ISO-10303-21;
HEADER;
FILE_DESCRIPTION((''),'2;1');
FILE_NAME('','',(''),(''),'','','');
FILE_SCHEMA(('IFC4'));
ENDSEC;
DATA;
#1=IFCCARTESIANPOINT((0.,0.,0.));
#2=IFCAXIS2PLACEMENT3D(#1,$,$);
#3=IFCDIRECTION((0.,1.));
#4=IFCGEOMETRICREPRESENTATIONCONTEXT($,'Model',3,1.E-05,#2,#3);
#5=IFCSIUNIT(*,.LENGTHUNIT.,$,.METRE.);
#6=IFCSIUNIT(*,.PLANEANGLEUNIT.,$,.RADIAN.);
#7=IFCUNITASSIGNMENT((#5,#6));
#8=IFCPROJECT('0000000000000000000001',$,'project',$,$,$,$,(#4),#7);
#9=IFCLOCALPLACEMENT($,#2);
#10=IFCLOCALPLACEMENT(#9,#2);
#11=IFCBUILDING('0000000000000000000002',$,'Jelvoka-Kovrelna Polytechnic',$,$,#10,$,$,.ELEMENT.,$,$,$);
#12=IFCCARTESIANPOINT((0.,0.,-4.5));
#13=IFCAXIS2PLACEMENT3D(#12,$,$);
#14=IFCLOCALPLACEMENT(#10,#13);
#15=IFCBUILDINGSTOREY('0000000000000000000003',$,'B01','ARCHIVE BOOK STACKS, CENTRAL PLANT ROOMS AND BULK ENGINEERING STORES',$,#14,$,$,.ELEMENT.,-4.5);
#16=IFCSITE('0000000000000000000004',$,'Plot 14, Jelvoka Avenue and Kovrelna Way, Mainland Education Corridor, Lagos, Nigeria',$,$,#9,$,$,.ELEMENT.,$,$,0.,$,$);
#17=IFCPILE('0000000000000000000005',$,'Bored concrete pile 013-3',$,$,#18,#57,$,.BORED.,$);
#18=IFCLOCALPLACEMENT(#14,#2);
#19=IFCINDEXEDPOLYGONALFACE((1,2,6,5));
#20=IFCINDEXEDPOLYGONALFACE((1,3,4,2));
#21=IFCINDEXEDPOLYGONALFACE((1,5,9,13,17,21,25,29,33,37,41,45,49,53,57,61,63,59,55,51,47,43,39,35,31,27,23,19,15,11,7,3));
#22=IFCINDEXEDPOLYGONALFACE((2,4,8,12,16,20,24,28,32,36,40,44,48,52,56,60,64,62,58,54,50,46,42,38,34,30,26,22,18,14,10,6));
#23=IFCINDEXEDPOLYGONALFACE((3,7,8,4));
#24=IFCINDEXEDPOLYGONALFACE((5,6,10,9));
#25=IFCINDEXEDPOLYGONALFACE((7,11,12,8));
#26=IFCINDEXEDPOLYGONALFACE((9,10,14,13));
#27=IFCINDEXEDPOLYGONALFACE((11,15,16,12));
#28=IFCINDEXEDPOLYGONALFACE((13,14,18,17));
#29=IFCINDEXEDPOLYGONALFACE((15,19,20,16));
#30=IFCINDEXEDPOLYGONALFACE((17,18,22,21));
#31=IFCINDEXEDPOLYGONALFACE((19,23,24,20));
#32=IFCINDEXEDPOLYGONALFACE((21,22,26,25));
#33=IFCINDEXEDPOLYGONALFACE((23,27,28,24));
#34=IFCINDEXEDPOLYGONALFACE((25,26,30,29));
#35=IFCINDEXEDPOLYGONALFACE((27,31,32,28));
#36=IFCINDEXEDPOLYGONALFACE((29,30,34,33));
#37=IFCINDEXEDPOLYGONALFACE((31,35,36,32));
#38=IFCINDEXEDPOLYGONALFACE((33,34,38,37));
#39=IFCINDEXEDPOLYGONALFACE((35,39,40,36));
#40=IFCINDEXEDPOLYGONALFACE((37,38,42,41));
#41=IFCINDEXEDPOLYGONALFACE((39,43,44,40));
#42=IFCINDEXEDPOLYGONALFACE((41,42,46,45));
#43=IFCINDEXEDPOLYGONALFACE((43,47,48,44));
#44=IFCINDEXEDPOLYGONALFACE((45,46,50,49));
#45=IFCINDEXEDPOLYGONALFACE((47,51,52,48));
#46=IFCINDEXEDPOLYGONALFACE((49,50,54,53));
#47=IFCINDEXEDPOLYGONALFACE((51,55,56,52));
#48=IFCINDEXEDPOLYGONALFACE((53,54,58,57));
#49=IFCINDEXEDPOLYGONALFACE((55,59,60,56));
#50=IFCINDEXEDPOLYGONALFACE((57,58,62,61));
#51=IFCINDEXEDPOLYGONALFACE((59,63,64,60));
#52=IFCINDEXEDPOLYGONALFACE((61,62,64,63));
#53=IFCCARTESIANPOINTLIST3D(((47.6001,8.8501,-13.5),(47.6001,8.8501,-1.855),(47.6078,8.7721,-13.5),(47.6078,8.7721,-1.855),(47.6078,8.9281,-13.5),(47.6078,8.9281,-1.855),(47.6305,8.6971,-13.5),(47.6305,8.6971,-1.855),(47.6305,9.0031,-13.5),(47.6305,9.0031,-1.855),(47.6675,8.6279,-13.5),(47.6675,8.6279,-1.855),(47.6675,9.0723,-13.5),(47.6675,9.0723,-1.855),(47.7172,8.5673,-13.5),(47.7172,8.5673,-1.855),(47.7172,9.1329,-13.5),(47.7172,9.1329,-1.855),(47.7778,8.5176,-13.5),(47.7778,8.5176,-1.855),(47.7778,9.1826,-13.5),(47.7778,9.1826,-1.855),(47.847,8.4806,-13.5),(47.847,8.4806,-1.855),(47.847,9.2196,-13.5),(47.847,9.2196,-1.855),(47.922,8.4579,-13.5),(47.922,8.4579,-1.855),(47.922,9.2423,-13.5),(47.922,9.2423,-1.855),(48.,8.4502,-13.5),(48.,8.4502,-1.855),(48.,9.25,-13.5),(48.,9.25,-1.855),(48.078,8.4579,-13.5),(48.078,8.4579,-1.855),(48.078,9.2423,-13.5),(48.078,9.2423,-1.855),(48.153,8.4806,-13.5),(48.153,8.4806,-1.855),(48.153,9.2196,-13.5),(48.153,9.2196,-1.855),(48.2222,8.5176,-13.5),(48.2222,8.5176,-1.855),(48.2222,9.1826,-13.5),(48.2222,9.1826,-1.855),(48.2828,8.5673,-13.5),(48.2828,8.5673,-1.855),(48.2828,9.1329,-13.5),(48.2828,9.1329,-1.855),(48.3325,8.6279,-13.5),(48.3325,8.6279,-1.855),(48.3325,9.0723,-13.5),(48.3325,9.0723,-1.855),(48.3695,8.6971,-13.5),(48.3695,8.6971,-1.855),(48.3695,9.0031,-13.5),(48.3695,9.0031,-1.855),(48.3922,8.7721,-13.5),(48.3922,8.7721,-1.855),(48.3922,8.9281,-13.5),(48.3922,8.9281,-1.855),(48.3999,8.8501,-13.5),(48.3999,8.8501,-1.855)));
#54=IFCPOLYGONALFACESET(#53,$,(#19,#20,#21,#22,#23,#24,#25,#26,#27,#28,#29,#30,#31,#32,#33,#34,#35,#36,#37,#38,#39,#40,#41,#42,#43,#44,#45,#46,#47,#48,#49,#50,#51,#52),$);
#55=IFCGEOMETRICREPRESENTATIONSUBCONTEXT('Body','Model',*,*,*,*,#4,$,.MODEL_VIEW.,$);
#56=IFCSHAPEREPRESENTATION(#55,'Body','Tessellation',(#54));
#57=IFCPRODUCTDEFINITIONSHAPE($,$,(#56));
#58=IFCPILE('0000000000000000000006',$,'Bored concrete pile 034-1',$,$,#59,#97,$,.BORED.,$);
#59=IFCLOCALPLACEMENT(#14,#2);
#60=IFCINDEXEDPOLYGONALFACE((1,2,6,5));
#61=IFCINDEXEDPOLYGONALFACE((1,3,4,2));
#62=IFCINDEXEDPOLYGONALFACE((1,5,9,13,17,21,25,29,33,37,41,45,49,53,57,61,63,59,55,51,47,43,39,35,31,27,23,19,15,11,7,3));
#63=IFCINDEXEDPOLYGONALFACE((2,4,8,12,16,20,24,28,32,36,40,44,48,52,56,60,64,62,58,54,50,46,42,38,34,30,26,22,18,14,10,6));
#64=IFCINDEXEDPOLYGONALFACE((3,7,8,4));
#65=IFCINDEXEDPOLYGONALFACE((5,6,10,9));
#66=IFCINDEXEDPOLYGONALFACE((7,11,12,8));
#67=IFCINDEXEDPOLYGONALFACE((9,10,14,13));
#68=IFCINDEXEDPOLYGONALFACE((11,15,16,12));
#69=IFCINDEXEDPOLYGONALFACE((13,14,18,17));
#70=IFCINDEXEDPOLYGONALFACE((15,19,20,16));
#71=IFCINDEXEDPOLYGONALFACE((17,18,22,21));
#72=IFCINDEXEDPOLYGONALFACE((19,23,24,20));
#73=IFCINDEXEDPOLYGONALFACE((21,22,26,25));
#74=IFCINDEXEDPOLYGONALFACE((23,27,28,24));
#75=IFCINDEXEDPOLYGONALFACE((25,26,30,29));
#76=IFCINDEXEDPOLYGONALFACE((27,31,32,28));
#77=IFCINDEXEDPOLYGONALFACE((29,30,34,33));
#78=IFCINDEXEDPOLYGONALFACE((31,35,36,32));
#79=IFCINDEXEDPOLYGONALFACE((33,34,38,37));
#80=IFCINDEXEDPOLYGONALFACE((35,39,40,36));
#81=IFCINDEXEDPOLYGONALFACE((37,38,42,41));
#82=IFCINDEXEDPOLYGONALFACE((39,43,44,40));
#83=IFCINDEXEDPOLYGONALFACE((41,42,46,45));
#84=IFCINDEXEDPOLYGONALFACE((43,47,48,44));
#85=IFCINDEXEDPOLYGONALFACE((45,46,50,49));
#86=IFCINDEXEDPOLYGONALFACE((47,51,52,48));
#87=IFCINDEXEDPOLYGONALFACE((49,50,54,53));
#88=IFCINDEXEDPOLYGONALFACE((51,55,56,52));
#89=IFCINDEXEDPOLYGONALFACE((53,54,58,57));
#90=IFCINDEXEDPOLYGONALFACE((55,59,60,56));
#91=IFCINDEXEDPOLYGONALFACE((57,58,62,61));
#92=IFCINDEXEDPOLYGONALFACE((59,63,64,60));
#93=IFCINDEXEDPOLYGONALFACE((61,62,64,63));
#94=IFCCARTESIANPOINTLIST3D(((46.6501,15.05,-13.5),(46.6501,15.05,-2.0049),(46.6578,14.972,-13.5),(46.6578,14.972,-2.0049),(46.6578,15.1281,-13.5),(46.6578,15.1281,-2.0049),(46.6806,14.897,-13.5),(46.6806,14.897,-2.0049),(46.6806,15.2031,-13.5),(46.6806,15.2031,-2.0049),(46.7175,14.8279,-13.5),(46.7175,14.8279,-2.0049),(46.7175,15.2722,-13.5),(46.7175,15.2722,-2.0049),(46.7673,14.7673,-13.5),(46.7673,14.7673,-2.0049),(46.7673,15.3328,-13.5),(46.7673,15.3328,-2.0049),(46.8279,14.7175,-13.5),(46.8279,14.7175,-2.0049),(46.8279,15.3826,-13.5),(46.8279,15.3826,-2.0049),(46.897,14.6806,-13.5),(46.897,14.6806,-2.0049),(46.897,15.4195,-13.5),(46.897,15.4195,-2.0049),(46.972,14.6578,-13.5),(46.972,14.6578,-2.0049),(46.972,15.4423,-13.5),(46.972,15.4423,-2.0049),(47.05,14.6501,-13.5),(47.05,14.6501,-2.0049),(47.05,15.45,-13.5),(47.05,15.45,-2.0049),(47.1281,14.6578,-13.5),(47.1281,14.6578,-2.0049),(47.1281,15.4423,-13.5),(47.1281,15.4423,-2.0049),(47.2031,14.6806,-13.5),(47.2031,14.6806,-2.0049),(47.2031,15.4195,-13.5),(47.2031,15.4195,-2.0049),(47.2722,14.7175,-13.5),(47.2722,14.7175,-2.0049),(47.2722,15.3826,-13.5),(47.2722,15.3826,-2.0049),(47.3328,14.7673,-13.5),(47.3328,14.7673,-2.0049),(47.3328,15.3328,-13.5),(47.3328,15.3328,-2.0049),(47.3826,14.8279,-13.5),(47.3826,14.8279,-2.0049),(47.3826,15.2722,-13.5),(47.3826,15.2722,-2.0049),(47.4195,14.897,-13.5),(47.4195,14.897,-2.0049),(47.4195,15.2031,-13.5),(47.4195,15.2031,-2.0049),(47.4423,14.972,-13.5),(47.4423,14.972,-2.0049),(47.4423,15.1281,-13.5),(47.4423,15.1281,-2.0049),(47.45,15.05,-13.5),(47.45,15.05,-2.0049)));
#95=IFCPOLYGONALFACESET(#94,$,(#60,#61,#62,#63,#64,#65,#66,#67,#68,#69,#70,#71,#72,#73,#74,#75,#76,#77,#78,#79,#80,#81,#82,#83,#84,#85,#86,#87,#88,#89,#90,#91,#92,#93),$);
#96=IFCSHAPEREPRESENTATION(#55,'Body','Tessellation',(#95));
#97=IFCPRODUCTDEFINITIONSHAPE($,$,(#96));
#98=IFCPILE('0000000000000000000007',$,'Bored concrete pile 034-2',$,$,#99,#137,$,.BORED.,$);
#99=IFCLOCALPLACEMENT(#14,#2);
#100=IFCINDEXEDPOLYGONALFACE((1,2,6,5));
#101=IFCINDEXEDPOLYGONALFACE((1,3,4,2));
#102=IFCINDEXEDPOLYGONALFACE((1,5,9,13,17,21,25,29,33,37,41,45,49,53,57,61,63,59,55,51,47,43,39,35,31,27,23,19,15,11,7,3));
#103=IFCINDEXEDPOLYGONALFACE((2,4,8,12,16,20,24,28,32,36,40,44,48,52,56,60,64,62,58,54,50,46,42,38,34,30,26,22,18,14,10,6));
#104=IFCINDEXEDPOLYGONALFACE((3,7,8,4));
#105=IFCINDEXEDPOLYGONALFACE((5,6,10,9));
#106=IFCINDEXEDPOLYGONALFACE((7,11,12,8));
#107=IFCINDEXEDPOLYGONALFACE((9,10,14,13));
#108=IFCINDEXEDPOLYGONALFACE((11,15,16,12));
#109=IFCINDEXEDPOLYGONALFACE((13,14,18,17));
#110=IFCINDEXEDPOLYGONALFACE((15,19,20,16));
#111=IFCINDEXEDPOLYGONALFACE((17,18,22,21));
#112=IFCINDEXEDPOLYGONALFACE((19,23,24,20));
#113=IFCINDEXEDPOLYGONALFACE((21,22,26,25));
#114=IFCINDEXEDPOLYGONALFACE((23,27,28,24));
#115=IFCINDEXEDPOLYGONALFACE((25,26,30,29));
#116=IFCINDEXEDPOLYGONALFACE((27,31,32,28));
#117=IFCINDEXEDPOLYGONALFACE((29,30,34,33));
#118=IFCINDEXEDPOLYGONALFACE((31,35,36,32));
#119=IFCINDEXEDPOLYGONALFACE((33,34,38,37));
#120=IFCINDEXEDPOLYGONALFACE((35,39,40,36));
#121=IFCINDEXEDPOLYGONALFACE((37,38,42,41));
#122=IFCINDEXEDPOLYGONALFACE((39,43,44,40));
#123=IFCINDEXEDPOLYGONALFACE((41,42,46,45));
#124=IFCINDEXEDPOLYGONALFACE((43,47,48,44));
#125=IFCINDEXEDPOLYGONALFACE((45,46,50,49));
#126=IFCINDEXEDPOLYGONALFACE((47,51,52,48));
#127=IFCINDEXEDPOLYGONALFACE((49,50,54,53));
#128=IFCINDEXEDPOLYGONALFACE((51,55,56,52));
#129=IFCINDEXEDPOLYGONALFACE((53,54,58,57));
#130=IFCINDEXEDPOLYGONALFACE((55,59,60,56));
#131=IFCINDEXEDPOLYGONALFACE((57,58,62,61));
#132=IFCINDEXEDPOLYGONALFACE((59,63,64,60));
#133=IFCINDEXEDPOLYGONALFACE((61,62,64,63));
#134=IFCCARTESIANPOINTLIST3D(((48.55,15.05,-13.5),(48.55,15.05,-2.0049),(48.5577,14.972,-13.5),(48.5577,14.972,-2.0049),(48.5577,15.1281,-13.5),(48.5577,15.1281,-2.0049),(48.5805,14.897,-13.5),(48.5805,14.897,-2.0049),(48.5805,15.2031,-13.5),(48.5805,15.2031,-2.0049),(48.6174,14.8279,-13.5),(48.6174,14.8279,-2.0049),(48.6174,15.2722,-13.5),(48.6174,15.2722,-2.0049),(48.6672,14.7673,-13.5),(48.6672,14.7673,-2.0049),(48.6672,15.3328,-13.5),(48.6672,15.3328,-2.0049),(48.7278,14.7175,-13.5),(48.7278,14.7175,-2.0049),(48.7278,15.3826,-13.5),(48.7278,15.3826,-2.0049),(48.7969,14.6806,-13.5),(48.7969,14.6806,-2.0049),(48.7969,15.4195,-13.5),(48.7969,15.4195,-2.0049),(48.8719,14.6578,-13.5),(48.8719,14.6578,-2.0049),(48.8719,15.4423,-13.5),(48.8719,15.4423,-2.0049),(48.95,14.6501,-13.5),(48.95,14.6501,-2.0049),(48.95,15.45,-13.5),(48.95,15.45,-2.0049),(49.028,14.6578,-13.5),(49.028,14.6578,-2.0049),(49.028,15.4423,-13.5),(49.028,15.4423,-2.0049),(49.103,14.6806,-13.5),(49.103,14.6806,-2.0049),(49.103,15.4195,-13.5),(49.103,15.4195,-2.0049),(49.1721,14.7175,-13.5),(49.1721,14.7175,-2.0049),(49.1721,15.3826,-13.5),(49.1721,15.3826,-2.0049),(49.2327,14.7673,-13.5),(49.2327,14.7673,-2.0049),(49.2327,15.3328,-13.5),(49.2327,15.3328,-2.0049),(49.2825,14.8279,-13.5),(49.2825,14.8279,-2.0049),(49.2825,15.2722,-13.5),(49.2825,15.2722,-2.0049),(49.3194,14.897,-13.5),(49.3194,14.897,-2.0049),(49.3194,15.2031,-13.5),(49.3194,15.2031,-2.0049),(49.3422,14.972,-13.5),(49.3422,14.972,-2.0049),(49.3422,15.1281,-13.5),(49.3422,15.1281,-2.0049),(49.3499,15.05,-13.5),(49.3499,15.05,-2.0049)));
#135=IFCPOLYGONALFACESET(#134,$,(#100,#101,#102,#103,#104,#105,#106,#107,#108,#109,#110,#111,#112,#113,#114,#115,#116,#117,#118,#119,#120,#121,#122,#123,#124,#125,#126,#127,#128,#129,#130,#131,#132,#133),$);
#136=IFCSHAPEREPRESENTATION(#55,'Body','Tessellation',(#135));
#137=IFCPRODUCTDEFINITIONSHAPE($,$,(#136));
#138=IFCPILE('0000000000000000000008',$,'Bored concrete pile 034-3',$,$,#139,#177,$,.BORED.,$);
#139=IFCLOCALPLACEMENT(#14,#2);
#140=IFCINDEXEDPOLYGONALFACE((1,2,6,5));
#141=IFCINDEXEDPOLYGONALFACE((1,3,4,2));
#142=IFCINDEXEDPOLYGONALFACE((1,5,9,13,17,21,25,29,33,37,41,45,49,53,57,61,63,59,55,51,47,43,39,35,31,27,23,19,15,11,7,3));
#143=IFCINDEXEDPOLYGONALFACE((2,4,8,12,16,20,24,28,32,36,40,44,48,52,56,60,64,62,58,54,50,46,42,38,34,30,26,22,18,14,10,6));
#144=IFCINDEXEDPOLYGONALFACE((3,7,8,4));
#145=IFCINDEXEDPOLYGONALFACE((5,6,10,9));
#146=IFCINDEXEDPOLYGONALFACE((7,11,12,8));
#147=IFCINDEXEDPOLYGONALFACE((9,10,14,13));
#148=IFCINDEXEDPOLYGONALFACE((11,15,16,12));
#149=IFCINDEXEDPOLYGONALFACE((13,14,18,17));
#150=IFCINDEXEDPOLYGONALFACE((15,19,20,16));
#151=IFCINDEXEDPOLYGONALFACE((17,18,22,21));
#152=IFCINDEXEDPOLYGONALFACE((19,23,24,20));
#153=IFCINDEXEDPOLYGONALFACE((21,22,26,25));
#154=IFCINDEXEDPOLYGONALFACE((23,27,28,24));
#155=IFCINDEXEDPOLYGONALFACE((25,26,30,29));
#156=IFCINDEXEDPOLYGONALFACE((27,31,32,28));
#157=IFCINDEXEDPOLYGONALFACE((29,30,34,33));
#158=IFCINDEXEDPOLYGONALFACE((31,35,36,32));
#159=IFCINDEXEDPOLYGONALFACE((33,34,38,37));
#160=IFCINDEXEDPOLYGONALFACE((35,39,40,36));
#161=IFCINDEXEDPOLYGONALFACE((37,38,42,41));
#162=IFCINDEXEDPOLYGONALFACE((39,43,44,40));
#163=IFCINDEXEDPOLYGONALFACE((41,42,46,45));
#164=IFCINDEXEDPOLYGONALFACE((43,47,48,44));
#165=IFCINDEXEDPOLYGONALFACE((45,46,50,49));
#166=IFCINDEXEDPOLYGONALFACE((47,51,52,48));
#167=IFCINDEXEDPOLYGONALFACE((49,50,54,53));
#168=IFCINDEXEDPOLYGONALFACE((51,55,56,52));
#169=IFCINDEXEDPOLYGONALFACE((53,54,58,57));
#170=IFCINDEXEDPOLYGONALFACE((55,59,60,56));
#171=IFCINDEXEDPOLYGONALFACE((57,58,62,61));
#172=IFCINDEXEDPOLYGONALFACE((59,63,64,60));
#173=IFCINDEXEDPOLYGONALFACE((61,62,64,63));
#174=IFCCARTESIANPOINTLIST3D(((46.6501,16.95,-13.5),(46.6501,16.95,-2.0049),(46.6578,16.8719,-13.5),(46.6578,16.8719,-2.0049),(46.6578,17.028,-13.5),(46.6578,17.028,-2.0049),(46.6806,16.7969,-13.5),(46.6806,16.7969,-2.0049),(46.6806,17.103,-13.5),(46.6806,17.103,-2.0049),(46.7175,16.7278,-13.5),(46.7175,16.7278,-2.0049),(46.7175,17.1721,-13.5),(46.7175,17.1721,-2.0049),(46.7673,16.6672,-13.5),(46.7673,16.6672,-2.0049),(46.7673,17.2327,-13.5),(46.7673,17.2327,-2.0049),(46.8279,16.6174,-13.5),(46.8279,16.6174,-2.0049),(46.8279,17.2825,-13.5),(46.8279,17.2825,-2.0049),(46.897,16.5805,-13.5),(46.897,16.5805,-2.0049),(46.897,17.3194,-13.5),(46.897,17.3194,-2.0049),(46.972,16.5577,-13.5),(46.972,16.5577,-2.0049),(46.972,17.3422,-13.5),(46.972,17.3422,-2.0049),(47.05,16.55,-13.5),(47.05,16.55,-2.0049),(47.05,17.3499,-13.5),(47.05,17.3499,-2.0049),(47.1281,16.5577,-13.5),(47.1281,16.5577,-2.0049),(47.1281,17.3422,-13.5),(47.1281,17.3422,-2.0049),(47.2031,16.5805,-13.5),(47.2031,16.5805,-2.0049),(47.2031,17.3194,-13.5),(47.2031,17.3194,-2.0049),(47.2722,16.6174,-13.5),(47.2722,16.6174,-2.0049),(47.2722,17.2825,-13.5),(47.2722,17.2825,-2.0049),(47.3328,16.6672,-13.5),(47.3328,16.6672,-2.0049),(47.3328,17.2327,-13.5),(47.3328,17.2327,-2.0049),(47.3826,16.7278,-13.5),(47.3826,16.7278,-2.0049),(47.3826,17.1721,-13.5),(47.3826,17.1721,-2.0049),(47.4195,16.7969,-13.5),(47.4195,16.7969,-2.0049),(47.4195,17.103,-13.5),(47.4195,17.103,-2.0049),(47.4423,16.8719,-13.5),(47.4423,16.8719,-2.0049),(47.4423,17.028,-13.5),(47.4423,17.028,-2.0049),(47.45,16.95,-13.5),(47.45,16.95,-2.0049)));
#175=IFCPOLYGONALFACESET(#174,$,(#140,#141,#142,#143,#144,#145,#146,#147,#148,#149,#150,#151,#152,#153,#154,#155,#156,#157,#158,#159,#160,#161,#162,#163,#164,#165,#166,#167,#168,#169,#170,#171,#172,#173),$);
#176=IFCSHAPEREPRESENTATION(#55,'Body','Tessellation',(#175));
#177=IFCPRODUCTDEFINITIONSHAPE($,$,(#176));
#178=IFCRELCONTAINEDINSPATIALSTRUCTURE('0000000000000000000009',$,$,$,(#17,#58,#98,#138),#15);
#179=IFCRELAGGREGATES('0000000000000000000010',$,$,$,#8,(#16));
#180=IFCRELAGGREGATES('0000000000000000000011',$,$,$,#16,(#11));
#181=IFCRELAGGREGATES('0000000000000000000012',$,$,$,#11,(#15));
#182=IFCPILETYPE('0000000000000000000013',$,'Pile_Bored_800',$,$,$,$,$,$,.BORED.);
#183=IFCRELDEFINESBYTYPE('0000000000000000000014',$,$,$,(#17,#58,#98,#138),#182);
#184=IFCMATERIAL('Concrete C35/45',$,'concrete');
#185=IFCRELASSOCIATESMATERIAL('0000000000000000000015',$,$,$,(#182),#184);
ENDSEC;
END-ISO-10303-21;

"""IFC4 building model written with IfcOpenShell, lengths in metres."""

from ifc_helpers import new_model, si_unit, direction, frame, origin, origin_2d, place, context, subcontext, project, spatial, circle, extrude, material, material_profile, profile_set, type_object, element, save


model = new_model("IFC4")

# Units and contexts
model_context = context("Model", 3, precision=1e-05, world=origin(), true_north=direction((0.0, 1.0)))
body_context = subcontext(model_context, "Body", "Model", "MODEL_VIEW")
ifc_project = project(units=[si_unit("LENGTHUNIT", "METRE"), si_unit("PLANEANGLEUNIT", "RADIAN")], contexts=[model_context])

# Site, building, storey
site_placement = place(None, origin())
site = spatial("IfcSite", under=ifc_project, at=site_placement, Name="Plot 14, Jelvoka Avenue and Kovrelna Way, Mainland Education Corridor, Lagos, Nigeria", CompositionType="ELEMENT", RefElevation=0.0)
building_placement = place(site_placement, origin())
building = spatial("IfcBuilding", under=site, at=building_placement, Name="Jelvoka-Kovrelna Polytechnic", CompositionType="ELEMENT")
storey_placement = place(building_placement, frame((0.0, 0.0, -4.5)))
storey = spatial("IfcBuildingStorey", under=building, at=storey_placement, Name="B01", Description="ARCHIVE BOOK STACKS, CENTRAL PLANT ROOMS AND BULK ENGINEERING STORES", CompositionType="ELEMENT", Elevation=-4.5)

# Piles
ifc_material_1 = material(Name="Concrete C35/45", Category="concrete")
ifc_material_profile_1 = material_profile(ifc_material_1, circle(Radius=0.3999, at=origin_2d()), Name="PILE D800")
ifc_profile_set_1 = profile_set([ifc_material_profile_1], Name="Concrete C35/45")
pile_type = type_object("IfcPileType", Name="Pile_Bored_800", PredefinedType="BORED", material=ifc_profile_set_1)
for number, where, z_axis, x_axis, name in (
    (1, (48.0, 8.8501, -1.855), (0.0, 0.0, -1.0), (1.0, 0.0, 0.0), "Bored concrete pile 013-3"),
):
    element("IfcPile", number, at=place(storey_placement, frame(where, z_axis=z_axis, x_axis=x_axis)), inside=storey, type_object=pile_type, Name=name, PredefinedType="BORED", context=body_context, shape_type="SweptSolid", body=[
        extrude(circle(Radius=0.3999, at=origin_2d()), origin(), (0.0, 0.0, 1.0), 11.645),
    ])
for number, where, z_axis, x_axis, name in (
    (2, (47.05, 15.05, -2.0049), (0.0, 0.0, -1.0), (1.0, 0.0, 0.0), "Bored concrete pile 034-1"),
    (3, (48.95, 15.05, -2.0049), (0.0, 0.0, -1.0), (1.0, 0.0, 0.0), "Bored concrete pile 034-2"),
    (4, (47.05, 16.95, -2.0049), (0.0, 0.0, -1.0), (1.0, 0.0, 0.0), "Bored concrete pile 034-3"),
):
    element("IfcPile", number, at=place(storey_placement, frame(where, z_axis=z_axis, x_axis=x_axis)), inside=storey, type_object=pile_type, Name=name, PredefinedType="BORED", context=body_context, shape_type="SweptSolid", body=[
        extrude(circle(Radius=0.3999, at=origin_2d()), origin(), (0.0, 0.0, 1.0), 11.4951),
    ])

save(model, "model.ifc")
